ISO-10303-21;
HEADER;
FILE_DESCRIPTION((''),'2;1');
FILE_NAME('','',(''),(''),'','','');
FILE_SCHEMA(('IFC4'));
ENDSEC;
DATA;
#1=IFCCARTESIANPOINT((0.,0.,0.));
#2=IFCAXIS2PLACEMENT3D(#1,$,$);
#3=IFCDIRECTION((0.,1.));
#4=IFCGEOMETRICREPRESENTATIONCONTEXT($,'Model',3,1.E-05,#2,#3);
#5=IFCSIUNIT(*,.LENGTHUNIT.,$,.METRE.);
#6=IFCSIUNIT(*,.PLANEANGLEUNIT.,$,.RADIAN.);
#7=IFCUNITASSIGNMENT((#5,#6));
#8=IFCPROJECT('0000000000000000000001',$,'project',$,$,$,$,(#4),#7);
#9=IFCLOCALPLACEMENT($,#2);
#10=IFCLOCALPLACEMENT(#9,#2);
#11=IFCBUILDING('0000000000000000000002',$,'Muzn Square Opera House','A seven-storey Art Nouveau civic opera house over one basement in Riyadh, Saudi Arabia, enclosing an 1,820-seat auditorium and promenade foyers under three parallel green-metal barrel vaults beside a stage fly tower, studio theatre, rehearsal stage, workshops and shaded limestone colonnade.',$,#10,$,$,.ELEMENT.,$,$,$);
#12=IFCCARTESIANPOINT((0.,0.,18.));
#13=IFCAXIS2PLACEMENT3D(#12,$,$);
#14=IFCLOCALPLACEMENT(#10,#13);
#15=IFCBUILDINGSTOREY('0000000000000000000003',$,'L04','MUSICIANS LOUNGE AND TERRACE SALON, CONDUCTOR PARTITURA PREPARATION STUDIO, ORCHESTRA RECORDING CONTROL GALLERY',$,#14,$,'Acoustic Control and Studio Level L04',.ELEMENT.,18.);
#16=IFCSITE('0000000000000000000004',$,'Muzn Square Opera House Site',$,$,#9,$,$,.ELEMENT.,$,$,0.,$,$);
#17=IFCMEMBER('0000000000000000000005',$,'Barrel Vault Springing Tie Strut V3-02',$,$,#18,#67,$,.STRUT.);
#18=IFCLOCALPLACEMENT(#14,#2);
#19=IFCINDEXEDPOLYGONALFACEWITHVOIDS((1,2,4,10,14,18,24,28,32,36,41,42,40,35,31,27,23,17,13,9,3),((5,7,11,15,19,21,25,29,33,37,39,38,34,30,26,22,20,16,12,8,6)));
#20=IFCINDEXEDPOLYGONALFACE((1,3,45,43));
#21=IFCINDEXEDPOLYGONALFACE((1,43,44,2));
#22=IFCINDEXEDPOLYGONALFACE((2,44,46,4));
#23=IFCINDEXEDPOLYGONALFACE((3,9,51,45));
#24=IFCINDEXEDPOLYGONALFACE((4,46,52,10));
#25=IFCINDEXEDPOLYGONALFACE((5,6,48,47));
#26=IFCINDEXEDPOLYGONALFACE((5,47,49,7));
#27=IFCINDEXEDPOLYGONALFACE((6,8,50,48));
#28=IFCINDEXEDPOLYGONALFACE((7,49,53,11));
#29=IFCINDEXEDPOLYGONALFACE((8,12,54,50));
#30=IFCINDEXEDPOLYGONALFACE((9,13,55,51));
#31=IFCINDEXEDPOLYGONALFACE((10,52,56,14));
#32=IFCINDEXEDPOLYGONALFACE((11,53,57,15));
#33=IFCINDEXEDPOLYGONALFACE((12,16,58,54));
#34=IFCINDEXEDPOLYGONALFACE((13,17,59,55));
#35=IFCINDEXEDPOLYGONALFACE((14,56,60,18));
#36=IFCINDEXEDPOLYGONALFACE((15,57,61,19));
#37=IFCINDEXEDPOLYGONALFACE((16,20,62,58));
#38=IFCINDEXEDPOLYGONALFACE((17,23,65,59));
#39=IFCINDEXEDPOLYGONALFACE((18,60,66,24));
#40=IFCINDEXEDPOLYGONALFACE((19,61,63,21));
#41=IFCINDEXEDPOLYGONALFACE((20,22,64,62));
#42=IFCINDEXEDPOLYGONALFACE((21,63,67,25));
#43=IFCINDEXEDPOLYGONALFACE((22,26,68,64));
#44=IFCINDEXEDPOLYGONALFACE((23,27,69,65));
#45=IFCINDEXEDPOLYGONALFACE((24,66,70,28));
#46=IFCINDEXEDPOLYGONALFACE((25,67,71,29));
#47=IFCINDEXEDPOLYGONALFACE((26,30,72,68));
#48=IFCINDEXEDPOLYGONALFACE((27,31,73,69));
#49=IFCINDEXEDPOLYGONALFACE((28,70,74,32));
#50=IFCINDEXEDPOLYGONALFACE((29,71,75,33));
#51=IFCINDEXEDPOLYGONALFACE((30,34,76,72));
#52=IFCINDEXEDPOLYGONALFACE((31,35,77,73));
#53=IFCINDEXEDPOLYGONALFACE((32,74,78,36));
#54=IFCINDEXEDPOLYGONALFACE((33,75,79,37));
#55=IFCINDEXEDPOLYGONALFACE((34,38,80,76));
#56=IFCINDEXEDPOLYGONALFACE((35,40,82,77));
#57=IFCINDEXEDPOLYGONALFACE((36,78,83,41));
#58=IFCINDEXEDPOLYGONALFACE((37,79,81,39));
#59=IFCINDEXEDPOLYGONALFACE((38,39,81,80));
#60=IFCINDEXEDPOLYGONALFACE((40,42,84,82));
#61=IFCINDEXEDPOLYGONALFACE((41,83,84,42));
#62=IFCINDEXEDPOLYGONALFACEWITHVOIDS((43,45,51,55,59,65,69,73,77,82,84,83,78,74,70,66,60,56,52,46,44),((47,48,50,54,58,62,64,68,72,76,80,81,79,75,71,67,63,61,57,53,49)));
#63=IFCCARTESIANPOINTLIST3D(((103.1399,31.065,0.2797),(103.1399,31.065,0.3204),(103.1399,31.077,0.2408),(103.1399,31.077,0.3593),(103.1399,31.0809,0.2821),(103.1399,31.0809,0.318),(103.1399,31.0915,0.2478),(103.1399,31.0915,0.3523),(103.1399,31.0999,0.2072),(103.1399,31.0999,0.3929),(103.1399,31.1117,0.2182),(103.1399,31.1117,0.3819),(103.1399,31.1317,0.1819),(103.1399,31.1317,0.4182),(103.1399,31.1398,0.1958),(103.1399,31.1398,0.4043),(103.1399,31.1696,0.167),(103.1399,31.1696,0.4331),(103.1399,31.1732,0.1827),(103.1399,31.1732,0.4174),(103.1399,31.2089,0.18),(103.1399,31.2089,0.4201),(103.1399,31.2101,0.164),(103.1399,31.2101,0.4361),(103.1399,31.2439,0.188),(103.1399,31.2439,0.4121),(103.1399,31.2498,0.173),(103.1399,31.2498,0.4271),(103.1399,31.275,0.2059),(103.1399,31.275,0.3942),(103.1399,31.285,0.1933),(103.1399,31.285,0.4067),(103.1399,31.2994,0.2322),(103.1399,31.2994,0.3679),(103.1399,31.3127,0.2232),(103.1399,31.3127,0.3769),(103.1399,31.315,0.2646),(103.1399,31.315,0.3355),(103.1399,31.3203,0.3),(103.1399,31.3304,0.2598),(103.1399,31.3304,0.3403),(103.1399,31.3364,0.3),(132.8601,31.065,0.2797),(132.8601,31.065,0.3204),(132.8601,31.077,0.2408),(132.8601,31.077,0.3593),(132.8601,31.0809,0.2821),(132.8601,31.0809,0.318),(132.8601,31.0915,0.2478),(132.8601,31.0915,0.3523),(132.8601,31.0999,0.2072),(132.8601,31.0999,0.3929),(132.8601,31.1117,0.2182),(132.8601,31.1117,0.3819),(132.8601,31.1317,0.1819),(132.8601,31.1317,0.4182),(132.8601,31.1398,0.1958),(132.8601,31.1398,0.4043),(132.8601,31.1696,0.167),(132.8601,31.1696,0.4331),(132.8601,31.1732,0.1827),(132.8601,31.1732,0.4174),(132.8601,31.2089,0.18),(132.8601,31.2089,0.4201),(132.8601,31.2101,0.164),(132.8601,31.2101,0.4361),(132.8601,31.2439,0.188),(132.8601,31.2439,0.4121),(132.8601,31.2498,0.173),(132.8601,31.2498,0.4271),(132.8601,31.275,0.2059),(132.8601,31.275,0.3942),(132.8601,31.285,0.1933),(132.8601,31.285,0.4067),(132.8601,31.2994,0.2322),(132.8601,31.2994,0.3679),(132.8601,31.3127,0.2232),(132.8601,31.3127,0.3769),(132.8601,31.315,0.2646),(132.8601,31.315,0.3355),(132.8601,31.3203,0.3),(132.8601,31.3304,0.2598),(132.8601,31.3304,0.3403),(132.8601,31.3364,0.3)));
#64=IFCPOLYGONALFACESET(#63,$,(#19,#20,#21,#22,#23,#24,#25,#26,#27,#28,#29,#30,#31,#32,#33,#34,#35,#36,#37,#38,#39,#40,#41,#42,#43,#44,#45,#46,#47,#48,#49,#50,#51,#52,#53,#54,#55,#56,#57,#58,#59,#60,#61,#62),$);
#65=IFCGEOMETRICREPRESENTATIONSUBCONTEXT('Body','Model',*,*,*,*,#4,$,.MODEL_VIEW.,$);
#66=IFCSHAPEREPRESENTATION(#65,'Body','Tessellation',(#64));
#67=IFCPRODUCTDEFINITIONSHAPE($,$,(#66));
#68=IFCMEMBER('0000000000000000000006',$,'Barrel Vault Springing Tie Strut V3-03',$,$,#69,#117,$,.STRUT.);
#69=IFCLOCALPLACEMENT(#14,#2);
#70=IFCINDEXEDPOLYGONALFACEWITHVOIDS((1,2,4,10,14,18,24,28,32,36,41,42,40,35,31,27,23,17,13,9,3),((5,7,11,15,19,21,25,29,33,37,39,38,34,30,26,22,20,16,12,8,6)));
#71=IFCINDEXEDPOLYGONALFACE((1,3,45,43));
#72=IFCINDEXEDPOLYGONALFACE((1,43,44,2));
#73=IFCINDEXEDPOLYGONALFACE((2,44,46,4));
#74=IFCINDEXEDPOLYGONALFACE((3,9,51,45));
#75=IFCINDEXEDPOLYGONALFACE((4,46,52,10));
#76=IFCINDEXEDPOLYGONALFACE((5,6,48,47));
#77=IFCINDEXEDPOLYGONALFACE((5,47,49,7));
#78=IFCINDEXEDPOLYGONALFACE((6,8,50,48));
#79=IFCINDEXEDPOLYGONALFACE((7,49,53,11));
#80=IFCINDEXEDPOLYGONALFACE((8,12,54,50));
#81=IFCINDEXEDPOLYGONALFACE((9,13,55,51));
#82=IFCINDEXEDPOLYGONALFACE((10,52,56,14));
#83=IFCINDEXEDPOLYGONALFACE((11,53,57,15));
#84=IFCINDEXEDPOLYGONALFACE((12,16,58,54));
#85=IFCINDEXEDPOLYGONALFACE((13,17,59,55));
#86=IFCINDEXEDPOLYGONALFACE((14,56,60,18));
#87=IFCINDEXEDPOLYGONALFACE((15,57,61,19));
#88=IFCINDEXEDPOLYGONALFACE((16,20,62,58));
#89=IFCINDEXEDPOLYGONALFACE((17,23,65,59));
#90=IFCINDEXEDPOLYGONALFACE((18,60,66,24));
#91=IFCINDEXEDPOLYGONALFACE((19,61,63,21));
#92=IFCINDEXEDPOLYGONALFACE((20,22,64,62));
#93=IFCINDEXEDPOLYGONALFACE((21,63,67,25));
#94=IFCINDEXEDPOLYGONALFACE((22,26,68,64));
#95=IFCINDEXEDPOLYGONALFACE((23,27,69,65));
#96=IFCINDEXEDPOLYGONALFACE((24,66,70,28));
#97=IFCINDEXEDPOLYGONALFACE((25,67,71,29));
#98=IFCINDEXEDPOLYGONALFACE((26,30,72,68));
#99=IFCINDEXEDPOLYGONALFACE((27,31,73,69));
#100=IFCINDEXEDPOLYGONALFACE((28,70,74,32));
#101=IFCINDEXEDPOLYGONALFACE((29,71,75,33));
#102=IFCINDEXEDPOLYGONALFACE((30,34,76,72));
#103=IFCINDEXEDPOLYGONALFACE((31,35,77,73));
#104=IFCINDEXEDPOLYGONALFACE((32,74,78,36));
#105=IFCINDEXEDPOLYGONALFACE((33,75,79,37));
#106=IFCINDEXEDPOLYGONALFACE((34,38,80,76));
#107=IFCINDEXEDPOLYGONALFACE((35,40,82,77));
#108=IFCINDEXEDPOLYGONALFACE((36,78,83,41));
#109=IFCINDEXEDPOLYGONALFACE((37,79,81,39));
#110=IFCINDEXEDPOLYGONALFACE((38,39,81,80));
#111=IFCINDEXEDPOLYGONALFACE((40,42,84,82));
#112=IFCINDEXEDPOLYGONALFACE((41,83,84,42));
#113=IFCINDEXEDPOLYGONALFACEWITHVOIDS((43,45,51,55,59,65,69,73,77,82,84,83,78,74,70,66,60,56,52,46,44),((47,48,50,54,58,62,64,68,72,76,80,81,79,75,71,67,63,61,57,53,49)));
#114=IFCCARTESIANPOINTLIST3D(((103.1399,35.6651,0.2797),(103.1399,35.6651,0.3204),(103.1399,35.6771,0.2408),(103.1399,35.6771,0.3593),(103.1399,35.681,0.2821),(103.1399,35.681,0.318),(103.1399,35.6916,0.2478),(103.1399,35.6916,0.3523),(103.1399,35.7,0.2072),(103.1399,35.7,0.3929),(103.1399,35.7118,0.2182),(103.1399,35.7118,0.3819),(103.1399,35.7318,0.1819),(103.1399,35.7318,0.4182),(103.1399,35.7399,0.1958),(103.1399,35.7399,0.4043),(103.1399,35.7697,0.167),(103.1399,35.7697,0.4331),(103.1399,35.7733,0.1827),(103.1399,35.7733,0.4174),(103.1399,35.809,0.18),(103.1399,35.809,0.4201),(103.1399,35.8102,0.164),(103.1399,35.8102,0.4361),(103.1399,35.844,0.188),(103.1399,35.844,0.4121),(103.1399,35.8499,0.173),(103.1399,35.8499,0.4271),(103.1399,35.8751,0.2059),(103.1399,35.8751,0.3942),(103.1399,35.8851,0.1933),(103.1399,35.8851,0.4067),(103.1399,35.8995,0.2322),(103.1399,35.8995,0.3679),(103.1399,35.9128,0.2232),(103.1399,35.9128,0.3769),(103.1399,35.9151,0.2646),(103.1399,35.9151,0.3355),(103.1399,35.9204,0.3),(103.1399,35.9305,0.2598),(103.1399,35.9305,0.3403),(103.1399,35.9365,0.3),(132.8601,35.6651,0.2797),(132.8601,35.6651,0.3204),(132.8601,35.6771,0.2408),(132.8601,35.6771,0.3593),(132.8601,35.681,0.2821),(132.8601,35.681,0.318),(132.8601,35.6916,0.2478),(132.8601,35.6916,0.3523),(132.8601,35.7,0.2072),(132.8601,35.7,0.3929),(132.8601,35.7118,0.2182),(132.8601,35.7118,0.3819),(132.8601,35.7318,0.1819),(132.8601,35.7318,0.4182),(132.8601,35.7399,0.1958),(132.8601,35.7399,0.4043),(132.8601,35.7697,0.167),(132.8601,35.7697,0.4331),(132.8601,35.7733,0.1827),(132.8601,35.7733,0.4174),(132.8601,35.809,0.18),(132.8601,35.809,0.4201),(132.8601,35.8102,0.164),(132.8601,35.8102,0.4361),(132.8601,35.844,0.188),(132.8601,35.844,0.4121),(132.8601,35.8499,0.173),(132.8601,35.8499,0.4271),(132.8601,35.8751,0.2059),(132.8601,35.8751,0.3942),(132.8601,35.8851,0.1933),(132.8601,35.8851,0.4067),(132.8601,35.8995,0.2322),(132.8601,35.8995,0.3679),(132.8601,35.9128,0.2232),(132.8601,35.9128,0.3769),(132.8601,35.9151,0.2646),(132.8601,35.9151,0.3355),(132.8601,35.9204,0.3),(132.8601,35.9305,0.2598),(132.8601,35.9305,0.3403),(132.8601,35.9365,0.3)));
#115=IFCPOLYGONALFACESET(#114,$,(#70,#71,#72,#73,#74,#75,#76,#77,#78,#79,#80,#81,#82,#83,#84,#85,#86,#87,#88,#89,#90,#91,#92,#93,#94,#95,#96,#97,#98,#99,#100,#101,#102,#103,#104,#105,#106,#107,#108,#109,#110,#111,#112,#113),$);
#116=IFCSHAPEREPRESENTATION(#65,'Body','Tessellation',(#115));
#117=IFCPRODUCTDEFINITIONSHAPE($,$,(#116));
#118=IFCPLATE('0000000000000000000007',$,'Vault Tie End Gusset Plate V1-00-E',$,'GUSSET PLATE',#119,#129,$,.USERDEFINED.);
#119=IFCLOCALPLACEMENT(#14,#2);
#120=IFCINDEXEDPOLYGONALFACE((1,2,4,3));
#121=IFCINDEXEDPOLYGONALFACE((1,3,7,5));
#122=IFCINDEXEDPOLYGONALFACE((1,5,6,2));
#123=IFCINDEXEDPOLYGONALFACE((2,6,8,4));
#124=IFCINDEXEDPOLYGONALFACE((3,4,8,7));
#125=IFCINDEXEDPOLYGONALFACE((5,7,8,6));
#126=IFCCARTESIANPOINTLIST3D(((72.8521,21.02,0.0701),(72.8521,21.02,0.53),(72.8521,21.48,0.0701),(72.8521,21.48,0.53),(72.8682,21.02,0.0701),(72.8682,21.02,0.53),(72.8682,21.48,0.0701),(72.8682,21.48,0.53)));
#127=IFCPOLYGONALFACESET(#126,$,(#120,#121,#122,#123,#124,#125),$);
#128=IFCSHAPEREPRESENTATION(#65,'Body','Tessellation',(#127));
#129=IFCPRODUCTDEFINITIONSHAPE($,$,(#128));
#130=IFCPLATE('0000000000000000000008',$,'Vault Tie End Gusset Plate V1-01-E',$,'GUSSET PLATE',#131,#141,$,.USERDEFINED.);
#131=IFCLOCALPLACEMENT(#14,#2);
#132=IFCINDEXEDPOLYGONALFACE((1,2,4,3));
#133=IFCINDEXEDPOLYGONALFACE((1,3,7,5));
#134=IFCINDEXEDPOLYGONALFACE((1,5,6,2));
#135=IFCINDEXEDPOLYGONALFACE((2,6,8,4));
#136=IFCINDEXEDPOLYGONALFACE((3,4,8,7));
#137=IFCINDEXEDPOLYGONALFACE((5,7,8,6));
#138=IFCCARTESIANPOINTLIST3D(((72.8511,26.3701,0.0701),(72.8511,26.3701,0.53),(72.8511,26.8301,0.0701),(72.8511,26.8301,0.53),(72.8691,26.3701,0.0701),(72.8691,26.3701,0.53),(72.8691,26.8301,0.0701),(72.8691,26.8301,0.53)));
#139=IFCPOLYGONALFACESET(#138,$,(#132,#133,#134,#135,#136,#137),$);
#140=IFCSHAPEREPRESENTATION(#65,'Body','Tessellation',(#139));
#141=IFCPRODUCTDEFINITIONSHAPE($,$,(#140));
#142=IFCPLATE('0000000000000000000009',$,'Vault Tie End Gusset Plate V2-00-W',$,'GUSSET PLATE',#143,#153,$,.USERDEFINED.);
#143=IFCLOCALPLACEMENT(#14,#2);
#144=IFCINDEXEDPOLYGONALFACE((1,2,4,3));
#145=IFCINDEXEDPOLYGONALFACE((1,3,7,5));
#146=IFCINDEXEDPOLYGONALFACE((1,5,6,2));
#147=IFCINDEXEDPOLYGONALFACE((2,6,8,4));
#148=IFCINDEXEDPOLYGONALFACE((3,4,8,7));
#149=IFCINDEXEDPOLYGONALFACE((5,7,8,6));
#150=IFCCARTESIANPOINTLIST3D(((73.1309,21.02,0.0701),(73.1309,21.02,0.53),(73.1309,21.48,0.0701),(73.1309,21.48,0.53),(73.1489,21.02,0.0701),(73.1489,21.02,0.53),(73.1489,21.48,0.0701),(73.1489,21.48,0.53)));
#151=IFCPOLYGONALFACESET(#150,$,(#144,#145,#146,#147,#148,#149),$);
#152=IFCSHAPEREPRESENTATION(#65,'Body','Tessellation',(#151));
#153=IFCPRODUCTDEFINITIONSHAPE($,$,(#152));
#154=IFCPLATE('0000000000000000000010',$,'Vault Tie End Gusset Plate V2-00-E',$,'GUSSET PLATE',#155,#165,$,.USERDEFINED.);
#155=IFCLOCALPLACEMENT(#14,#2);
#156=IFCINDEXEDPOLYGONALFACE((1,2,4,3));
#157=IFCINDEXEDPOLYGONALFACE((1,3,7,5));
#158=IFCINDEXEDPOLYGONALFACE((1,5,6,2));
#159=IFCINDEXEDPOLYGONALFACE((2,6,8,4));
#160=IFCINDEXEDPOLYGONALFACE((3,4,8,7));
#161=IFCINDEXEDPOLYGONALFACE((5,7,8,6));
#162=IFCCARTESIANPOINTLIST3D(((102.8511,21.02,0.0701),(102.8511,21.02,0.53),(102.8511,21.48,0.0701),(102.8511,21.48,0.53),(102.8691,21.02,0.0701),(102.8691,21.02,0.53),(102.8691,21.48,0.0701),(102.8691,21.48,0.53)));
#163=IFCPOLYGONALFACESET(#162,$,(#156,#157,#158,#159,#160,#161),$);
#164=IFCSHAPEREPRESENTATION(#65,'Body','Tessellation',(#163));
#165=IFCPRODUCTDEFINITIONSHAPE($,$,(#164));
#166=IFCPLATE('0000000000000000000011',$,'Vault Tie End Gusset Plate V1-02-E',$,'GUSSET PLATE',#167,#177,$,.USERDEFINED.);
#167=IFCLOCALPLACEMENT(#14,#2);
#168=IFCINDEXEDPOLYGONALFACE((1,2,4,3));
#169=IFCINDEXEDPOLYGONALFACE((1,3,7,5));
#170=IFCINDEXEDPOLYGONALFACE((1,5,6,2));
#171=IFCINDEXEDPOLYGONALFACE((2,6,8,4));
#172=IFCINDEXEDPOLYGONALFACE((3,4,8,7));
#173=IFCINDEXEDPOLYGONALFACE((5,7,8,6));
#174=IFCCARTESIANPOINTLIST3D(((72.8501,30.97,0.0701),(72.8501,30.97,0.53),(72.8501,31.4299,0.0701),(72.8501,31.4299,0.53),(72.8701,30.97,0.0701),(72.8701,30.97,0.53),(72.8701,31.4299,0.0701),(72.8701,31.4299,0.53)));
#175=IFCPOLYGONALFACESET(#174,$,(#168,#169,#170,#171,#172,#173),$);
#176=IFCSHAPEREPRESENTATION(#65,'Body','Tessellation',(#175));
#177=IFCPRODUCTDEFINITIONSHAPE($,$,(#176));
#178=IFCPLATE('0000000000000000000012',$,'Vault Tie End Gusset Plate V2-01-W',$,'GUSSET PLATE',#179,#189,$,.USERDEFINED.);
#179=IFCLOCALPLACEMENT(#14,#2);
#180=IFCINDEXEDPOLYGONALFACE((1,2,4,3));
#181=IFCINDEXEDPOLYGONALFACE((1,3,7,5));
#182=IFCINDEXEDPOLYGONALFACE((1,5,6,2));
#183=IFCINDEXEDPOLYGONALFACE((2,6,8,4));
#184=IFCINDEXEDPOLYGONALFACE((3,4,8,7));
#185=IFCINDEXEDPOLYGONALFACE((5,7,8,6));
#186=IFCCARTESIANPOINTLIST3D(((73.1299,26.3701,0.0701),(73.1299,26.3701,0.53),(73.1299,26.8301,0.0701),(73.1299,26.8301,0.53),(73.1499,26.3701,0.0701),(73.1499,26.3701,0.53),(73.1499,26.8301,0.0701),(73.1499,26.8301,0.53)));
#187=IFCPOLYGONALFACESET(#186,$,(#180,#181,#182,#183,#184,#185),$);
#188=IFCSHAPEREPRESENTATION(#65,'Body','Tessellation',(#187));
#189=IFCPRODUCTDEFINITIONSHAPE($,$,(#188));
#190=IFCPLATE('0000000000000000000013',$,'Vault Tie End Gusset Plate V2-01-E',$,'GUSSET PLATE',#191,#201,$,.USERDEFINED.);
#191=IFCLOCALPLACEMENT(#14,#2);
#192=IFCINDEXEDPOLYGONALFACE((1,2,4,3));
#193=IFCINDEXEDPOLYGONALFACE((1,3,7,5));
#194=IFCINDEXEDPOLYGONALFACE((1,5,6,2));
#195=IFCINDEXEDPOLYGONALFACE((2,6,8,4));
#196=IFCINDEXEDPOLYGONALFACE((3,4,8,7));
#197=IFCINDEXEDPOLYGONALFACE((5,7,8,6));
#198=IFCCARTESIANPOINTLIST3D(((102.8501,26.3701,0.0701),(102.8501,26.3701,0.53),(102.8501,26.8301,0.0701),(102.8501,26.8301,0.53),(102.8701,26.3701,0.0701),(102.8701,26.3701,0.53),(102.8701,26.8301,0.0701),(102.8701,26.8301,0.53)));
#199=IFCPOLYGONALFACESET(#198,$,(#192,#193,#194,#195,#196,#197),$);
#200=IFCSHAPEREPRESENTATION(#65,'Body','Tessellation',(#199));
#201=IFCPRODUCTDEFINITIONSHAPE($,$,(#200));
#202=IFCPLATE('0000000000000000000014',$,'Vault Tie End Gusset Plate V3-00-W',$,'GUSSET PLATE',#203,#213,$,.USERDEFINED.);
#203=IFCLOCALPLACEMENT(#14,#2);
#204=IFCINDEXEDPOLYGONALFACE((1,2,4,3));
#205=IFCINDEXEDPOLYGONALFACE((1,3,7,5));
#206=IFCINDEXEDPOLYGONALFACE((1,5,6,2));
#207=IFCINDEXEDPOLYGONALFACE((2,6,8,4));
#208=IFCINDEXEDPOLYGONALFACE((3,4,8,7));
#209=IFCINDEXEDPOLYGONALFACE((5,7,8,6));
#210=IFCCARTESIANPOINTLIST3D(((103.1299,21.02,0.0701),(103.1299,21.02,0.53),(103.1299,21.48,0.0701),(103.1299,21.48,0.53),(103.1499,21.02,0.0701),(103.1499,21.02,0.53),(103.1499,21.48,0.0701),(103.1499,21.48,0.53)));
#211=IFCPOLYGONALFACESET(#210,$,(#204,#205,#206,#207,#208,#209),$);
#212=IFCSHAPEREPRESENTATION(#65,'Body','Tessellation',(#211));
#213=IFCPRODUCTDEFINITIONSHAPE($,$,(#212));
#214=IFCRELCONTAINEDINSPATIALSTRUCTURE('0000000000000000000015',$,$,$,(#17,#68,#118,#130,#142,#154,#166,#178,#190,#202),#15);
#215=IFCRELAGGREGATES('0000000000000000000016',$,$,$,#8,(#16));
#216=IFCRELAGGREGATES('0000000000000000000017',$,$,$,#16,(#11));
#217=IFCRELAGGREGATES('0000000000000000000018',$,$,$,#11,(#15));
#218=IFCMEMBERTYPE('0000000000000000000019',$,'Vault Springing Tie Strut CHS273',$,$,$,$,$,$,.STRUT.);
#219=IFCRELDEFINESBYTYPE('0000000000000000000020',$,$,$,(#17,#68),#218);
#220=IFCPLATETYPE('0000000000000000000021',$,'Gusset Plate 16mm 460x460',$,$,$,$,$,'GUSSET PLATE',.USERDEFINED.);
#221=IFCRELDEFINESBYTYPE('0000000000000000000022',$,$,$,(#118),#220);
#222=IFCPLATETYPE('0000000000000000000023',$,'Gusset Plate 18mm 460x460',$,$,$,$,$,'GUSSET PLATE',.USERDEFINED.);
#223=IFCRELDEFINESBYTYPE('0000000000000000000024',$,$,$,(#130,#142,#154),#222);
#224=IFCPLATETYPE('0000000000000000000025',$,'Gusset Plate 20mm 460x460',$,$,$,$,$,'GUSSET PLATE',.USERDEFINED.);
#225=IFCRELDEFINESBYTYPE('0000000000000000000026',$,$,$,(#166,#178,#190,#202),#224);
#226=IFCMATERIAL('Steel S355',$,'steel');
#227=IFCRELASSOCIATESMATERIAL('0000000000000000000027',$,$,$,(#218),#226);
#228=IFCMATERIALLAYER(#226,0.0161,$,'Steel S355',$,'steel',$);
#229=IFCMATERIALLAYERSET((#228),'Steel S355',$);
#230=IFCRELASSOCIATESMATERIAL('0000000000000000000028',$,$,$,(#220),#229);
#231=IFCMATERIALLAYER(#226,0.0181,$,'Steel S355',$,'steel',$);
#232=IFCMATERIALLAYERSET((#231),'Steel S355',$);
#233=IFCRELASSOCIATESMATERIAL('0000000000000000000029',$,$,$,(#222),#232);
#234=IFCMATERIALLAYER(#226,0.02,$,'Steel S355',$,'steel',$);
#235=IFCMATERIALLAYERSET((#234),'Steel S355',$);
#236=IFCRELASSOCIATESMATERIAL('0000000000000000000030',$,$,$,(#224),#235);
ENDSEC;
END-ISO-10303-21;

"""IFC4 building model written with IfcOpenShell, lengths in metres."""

from ifc_helpers import new_model, si_unit, direction, frame, origin, origin_2d, place, context, subcontext, project, spatial, rectangle, hollow_circle, extrude, material, layer, layer_set, material_profile, profile_set, type_object, element, save


model = new_model("IFC4")

# Units and contexts
model_context = context("Model", 3, precision=1e-05, world=origin(), true_north=direction((0.0, 1.0)))
body_context = subcontext(model_context, "Body", "Model", "MODEL_VIEW")
ifc_project = project(units=[si_unit("LENGTHUNIT", "METRE"), si_unit("PLANEANGLEUNIT", "RADIAN")], contexts=[model_context])

# Site, building, storey
site_placement = place(None, origin())
site = spatial("IfcSite", under=ifc_project, at=site_placement, Name="Muzn Square Opera House Site", CompositionType="ELEMENT", RefElevation=0.0)
building_placement = place(site_placement, origin())
building = spatial("IfcBuilding", under=site, at=building_placement, Name="Muzn Square Opera House", Description="A seven-storey Art Nouveau civic opera house over one basement in Riyadh, Saudi Arabia, enclosing an 1,820-seat auditorium and promenade foyers under three parallel green-metal barrel vaults beside a stage fly tower, studio theatre, rehearsal stage, workshops and shaded limestone colonnade.", CompositionType="ELEMENT")
storey_placement = place(building_placement, frame((0.0, 0.0, 18.0)))
storey = spatial("IfcBuildingStorey", under=building, at=storey_placement, Name="L04", Description="MUSICIANS LOUNGE AND TERRACE SALON, CONDUCTOR PARTITURA PREPARATION STUDIO, ORCHESTRA RECORDING CONTROL GALLERY", LongName="Acoustic Control and Studio Level L04", CompositionType="ELEMENT", Elevation=18.0)

# Shared definitions
ifc_material = material(Name="Steel S355", Category="steel")

# Members
ifc_material_profile_1 = material_profile(ifc_material, hollow_circle(Radius=0.1365, WallThickness=0.0161, at=origin_2d()), Name="CHS 273x16", Category="steel")
ifc_profile_set_1 = profile_set([ifc_material_profile_1], Name="Steel S355")
member_type = type_object("IfcMemberType", Name="Vault Springing Tie Strut CHS273", PredefinedType="STRUT", material=ifc_profile_set_1)
for number, where, z_axis, x_axis, name in (
    (1, (103.1399, 31.2, 0.3), (1.0, 0.0, 0.0), (0.0, 1.0, 0.0), "Barrel Vault Springing Tie Strut V3-02"),
    (2, (103.1399, 35.8, 0.3), (1.0, 0.0, 0.0), (0.0, 1.0, 0.0), "Barrel Vault Springing Tie Strut V3-03"),
):
    element("IfcMember", number, at=place(storey_placement, frame(where, z_axis=z_axis, x_axis=x_axis)), inside=storey, type_object=member_type, Name=name, PredefinedType="STRUT", context=body_context, shape_type="SweptSolid", body=[
        extrude(hollow_circle(Radius=0.1365, WallThickness=0.0161, at=origin_2d()), origin(), (0.0, 0.0, 1.0), 29.7202),
    ])

# Plates
ifc_layer_1 = layer(ifc_material, 0.0161, Name="Steel S355", Category="steel")
ifc_layer_set_1 = layer_set([ifc_layer_1], Name="Steel S355")
plate_type_1 = type_object("IfcPlateType", Name="Gusset Plate 16mm 460x460", ElementType="GUSSET PLATE", PredefinedType="USERDEFINED", material=ifc_layer_set_1)
plate_placement = place(storey_placement, frame((72.8601, 21.25, 0.0701), z_axis=(0.0, 0.0, 1.0), x_axis=(1.0, 0.0, 0.0)))
element("IfcPlate", 3, at=plate_placement, inside=storey, type_object=plate_type_1, Name="Vault Tie End Gusset Plate V1-00-E", ObjectType="GUSSET PLATE", PredefinedType="USERDEFINED", context=body_context, shape_type="SweptSolid", body=[
    extrude(rectangle(XDim=0.0161, YDim=0.46, at=origin_2d()), origin(), (0.0, 0.0, 1.0), 0.46),
])
ifc_layer_2 = layer(ifc_material, 0.0181, Name="Steel S355", Category="steel")
ifc_layer_set_2 = layer_set([ifc_layer_2], Name="Steel S355")
plate_type_2 = type_object("IfcPlateType", Name="Gusset Plate 18mm 460x460", ElementType="GUSSET PLATE", PredefinedType="USERDEFINED", material=ifc_layer_set_2)
for number, where, z_axis, x_axis, name in (
    (4, (72.8601, 26.6001, 0.0701), (0.0, 0.0, 1.0), (1.0, 0.0, 0.0), "Vault Tie End Gusset Plate V1-01-E"),
    (5, (73.1399, 21.25, 0.0701), (0.0, 0.0, 1.0), (1.0, 0.0, 0.0), "Vault Tie End Gusset Plate V2-00-W"),
    (6, (102.8601, 21.25, 0.0701), (0.0, 0.0, 1.0), (1.0, 0.0, 0.0), "Vault Tie End Gusset Plate V2-00-E"),
):
    element("IfcPlate", number, at=place(storey_placement, frame(where, z_axis=z_axis, x_axis=x_axis)), inside=storey, type_object=plate_type_2, Name=name, ObjectType="GUSSET PLATE", PredefinedType="USERDEFINED", context=body_context, shape_type="SweptSolid", body=[
        extrude(rectangle(XDim=0.0181, YDim=0.46, at=origin_2d()), origin(), (0.0, 0.0, 1.0), 0.46),
    ])
ifc_layer_3 = layer(ifc_material, 0.02, Name="Steel S355", Category="steel")
ifc_layer_set_3 = layer_set([ifc_layer_3], Name="Steel S355")
plate_type_3 = type_object("IfcPlateType", Name="Gusset Plate 20mm 460x460", ElementType="GUSSET PLATE", PredefinedType="USERDEFINED", material=ifc_layer_set_3)
for number, where, z_axis, x_axis, name in (
    (7, (72.8601, 31.2, 0.0701), (0.0, 0.0, 1.0), (1.0, 0.0, 0.0), "Vault Tie End Gusset Plate V1-02-E"),
    (8, (73.1399, 26.6001, 0.0701), (0.0, 0.0, 1.0), (1.0, 0.0, 0.0), "Vault Tie End Gusset Plate V2-01-W"),
    (9, (102.8601, 26.6001, 0.0701), (0.0, 0.0, 1.0), (1.0, 0.0, 0.0), "Vault Tie End Gusset Plate V2-01-E"),
    (10, (103.1399, 21.25, 0.0701), (0.0, 0.0, 1.0), (1.0, 0.0, 0.0), "Vault Tie End Gusset Plate V3-00-W"),
):
    element("IfcPlate", number, at=place(storey_placement, frame(where, z_axis=z_axis, x_axis=x_axis)), inside=storey, type_object=plate_type_3, Name=name, ObjectType="GUSSET PLATE", PredefinedType="USERDEFINED", context=body_context, shape_type="SweptSolid", body=[
        extrude(rectangle(XDim=0.02, YDim=0.46, at=origin_2d()), origin(), (0.0, 0.0, 1.0), 0.46),
    ])

save(model, "model.ifc")
